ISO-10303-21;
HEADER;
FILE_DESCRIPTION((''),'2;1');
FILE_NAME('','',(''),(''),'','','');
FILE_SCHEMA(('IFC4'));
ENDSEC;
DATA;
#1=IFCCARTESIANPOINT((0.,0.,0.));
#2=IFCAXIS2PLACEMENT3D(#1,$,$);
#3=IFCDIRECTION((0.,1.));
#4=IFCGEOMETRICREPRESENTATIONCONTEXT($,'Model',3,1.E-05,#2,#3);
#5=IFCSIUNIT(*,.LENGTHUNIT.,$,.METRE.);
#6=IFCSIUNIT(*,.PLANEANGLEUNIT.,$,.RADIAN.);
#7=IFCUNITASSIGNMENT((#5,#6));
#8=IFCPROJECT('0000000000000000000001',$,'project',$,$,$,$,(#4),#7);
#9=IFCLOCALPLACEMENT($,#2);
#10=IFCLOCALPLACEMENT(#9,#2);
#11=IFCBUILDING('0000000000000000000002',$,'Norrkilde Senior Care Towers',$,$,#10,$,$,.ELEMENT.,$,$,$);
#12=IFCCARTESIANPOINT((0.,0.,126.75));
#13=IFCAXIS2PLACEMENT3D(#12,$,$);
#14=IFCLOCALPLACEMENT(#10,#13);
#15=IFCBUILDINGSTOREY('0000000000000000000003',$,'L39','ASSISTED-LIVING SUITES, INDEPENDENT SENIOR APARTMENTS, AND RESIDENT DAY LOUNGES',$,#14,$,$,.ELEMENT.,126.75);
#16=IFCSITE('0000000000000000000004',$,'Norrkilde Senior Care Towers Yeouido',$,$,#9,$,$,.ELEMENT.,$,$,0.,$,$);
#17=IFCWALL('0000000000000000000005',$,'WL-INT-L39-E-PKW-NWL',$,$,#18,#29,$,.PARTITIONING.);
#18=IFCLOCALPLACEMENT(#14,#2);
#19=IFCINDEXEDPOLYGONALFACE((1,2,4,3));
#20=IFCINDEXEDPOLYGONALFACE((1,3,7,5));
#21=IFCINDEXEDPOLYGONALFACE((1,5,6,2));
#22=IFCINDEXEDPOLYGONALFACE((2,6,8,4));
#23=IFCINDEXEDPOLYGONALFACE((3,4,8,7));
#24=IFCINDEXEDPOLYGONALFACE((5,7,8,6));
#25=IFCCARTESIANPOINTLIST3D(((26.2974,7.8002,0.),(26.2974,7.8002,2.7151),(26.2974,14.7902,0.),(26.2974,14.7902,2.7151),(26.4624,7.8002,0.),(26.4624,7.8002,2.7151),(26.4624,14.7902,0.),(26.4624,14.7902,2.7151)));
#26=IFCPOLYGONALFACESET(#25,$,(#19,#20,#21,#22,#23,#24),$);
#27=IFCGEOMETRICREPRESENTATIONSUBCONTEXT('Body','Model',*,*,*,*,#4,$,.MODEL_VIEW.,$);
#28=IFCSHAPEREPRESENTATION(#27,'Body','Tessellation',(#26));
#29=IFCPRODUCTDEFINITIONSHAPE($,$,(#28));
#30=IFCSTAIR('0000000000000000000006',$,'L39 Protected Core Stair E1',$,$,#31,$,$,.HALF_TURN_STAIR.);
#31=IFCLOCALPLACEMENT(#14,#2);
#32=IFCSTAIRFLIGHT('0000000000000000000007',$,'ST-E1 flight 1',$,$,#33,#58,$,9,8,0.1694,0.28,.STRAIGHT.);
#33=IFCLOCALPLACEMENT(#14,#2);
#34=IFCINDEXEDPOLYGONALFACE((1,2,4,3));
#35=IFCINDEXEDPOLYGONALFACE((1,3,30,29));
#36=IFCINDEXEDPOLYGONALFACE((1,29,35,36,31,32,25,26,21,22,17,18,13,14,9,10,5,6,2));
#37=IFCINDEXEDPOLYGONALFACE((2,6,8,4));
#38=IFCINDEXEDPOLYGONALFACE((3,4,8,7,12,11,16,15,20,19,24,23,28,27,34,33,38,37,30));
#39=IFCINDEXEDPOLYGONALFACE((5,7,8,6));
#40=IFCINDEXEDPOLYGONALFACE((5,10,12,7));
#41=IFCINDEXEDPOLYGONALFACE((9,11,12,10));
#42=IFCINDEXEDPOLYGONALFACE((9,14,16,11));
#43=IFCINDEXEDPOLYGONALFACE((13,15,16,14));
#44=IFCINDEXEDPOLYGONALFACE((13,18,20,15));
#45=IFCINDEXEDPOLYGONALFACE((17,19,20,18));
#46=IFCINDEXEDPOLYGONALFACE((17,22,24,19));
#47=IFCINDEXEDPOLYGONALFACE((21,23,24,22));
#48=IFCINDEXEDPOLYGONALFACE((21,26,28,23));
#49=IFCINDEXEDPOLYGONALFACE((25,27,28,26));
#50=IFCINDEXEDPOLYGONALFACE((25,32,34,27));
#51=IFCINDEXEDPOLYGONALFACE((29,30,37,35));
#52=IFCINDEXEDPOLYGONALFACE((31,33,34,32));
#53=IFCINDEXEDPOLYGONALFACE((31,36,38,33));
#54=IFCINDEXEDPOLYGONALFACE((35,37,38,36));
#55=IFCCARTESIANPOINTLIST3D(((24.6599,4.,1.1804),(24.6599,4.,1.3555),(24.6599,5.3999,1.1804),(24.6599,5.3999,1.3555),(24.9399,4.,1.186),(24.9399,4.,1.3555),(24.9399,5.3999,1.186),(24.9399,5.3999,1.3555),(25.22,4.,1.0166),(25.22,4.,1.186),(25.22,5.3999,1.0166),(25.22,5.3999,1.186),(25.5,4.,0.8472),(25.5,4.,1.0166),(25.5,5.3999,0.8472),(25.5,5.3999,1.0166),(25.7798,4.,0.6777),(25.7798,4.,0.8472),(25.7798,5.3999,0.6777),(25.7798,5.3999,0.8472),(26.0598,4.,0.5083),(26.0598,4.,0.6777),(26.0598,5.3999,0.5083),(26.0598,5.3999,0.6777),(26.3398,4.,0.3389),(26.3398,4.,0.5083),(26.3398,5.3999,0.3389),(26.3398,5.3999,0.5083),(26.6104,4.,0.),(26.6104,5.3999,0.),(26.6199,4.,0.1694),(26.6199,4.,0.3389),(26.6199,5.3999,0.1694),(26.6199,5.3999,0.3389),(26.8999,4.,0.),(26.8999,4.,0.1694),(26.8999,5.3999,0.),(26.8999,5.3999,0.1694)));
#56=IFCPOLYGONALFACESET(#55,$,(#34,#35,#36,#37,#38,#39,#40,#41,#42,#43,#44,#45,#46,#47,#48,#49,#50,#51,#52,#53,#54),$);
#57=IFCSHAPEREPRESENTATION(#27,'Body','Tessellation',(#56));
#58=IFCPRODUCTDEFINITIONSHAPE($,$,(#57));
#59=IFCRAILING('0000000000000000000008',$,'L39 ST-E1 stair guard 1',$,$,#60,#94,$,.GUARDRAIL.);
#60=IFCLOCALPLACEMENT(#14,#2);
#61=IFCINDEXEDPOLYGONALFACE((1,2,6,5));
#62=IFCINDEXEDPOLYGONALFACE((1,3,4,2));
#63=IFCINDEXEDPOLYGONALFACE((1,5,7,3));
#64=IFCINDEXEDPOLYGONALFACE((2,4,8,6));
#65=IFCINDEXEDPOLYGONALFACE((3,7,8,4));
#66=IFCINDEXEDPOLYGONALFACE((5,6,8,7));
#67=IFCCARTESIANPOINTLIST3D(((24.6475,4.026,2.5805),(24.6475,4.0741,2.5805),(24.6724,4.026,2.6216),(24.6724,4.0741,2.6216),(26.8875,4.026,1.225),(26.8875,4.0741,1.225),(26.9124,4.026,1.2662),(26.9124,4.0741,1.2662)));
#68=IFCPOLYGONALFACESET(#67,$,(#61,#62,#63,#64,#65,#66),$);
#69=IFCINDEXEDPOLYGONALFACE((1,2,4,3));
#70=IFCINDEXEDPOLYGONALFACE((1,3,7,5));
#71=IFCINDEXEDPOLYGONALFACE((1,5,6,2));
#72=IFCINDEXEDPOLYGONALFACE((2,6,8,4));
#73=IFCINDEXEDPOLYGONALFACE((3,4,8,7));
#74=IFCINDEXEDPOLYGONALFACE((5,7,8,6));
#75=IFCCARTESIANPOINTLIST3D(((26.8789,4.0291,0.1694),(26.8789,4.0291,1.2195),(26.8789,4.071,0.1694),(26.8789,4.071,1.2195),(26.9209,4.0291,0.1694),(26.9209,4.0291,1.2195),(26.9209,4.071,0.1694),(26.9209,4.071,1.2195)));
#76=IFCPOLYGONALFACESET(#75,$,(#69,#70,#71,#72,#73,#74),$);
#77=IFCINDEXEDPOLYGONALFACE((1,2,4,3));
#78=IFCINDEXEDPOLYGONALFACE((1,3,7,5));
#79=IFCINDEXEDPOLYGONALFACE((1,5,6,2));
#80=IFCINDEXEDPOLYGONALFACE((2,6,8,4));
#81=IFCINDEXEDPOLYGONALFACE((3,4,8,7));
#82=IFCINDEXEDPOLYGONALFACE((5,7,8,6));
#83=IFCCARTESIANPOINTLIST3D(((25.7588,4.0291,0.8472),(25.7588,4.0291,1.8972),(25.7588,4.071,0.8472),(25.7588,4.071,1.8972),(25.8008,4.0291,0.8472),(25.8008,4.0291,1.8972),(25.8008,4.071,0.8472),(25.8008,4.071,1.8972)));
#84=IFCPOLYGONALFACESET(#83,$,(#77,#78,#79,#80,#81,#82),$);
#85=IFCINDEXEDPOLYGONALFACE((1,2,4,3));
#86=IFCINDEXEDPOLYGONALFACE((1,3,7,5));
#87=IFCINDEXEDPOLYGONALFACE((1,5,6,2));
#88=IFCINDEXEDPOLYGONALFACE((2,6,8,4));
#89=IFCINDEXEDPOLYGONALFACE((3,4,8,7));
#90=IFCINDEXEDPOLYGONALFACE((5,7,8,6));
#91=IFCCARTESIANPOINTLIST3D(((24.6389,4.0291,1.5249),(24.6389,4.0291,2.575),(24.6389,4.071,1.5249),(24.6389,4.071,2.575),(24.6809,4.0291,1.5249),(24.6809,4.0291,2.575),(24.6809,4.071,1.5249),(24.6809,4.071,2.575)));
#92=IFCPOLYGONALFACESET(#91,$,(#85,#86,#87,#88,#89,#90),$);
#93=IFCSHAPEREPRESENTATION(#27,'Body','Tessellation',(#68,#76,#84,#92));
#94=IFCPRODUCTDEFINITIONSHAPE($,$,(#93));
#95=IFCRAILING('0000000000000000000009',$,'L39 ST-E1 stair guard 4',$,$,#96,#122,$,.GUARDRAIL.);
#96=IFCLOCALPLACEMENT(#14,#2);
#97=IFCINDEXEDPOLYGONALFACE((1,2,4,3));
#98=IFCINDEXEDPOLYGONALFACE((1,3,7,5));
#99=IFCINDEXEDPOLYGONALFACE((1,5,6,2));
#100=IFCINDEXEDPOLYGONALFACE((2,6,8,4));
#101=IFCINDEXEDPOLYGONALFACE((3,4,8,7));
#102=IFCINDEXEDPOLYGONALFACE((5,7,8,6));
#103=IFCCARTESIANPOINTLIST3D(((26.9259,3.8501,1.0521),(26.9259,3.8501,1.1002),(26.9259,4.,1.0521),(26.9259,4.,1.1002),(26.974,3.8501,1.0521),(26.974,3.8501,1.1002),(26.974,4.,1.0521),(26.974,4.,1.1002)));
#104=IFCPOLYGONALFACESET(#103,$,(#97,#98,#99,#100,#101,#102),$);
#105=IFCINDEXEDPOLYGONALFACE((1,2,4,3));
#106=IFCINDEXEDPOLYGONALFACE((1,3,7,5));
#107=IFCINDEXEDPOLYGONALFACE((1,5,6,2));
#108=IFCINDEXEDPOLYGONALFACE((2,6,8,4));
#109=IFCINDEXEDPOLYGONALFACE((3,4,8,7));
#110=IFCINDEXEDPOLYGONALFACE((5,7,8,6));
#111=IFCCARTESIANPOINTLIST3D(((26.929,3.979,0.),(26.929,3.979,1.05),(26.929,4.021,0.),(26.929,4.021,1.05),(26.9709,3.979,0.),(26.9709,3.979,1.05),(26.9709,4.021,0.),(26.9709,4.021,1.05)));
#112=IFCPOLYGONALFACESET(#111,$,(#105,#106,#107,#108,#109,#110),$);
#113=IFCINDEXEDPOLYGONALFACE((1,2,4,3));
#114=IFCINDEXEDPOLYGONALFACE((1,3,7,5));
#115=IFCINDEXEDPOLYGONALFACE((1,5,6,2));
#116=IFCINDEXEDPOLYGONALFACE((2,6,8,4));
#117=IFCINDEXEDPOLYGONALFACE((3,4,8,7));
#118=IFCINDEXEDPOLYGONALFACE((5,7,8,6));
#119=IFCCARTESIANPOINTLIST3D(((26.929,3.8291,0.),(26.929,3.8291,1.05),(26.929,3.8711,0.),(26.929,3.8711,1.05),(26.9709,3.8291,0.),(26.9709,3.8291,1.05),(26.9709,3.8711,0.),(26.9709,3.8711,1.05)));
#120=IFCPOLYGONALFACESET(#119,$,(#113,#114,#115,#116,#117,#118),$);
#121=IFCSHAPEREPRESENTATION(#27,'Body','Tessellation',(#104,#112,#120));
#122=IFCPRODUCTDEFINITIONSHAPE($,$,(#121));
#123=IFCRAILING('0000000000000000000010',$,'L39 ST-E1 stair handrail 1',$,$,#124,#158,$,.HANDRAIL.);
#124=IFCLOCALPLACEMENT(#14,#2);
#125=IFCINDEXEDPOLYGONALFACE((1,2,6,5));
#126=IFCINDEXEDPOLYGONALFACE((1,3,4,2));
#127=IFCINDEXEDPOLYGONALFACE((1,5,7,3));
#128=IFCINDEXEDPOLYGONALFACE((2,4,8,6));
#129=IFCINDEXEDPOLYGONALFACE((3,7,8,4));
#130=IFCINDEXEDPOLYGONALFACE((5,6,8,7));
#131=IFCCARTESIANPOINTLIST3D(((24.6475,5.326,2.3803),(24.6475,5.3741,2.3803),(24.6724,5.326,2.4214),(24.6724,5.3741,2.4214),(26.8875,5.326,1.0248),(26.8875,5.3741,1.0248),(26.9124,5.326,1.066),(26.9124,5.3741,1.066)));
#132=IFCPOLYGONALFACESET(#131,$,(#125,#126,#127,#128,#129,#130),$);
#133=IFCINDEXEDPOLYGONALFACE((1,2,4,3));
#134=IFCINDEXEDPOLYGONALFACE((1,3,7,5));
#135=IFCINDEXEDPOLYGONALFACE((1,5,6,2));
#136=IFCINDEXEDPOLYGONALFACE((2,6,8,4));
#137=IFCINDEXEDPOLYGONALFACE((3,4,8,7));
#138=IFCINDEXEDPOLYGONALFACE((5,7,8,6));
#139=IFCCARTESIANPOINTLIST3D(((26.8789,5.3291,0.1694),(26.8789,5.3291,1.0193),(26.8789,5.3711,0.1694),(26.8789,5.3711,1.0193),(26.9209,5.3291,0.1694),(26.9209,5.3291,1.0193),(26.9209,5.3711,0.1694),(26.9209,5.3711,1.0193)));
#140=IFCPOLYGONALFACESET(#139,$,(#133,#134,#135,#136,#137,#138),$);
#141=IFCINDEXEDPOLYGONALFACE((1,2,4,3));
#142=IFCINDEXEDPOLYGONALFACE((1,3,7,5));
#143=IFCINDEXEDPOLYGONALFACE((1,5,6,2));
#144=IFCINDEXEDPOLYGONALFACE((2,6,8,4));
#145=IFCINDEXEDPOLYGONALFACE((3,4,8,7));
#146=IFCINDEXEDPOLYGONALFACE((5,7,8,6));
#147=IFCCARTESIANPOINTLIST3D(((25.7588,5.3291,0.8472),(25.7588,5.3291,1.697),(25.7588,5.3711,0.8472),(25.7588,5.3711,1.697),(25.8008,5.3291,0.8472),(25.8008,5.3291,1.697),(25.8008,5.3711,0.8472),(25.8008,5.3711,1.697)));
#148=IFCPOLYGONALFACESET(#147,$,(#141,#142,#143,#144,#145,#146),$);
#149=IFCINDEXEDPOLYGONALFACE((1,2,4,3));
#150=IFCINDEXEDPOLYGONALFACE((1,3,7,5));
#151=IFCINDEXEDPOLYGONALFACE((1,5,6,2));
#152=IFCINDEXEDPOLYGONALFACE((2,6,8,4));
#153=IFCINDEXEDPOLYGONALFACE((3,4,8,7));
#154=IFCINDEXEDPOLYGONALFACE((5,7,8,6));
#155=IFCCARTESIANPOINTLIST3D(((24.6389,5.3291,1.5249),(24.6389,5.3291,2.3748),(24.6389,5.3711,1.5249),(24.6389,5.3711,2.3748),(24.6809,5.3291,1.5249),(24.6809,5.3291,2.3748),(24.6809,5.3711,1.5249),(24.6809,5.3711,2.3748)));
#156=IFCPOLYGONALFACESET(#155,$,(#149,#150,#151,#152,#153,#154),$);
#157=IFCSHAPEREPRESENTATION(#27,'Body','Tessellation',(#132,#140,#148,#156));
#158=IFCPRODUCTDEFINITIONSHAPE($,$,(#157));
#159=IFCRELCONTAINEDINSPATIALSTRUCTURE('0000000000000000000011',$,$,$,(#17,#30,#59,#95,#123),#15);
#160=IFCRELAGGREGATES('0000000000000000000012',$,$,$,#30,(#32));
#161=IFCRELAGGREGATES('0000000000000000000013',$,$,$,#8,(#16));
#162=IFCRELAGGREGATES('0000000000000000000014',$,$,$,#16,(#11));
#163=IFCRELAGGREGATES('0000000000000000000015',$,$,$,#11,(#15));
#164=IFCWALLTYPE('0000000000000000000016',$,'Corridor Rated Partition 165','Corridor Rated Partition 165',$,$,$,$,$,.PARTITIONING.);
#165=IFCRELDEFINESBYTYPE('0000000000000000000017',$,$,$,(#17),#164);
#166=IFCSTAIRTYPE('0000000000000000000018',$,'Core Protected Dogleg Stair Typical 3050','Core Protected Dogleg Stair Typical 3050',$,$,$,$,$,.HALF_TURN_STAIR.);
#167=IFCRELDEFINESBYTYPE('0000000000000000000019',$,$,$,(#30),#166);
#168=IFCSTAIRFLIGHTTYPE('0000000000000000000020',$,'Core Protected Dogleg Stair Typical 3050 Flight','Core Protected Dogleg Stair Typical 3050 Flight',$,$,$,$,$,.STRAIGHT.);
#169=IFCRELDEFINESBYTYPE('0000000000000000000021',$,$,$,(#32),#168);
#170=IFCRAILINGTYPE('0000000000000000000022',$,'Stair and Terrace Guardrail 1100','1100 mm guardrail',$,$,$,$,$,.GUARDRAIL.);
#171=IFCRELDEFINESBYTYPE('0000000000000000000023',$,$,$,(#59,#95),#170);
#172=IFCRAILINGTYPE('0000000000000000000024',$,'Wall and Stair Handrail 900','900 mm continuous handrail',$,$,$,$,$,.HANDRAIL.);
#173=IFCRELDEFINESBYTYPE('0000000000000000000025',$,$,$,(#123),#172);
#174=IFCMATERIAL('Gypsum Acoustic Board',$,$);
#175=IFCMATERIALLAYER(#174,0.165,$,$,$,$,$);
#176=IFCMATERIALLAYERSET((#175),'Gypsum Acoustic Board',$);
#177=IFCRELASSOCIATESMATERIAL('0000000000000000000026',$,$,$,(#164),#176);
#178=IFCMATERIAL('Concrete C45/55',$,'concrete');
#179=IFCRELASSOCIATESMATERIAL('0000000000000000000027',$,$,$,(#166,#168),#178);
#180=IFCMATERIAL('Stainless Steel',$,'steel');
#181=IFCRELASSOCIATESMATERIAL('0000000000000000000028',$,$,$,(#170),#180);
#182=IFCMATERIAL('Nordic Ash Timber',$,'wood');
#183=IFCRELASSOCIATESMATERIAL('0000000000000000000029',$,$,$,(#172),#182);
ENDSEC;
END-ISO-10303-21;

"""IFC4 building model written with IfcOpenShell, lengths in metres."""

from ifc_helpers import new_model, si_unit, direction, frame, frame_2d, origin, origin_2d, place, context, subcontext, project, spatial, polyline, rectangle, outline, extrude, source, transform, mapped, material, layer, layer_set, type_object, element, aggregate, save


model = new_model("IFC4")

# Units and contexts
model_context = context("Model", 3, precision=1e-05, world=origin(), true_north=direction((0.0, 1.0)))
body_context = subcontext(model_context, "Body", "Model", "MODEL_VIEW")
ifc_project = project(units=[si_unit("LENGTHUNIT", "METRE"), si_unit("PLANEANGLEUNIT", "RADIAN")], contexts=[model_context])

# Site, building, storey
site_placement = place(None, origin())
site = spatial("IfcSite", under=ifc_project, at=site_placement, Name="Norrkilde Senior Care Towers Yeouido", CompositionType="ELEMENT", RefElevation=0.0)
building_placement = place(site_placement, origin())
building = spatial("IfcBuilding", under=site, at=building_placement, Name="Norrkilde Senior Care Towers", CompositionType="ELEMENT")
storey_placement = place(building_placement, frame((0.0, 0.0, 126.75)))
storey = spatial("IfcBuildingStorey", under=building, at=storey_placement, Name="L39", Description="ASSISTED-LIVING SUITES, INDEPENDENT SENIOR APARTMENTS, AND RESIDENT DAY LOUNGES", CompositionType="ELEMENT", Elevation=126.75)

# Shared definitions
ifc_material_1 = material(Name="Concrete C45/55", Category="concrete")
ifc_material_2 = material(Name="Stainless Steel", Category="steel")

# Shared definitions
ifc_material_3 = material(Name="Gypsum Acoustic Board")

# Shared definitions
ifc_layer_1 = layer(ifc_material_3, 0.165)
ifc_layer_set_1 = layer_set([ifc_layer_1], Name="Gypsum Acoustic Board")
wall_type_1 = type_object("IfcWallType", Name="Corridor Rated Partition 165", Description="Corridor Rated Partition 165", PredefinedType="PARTITIONING", material=ifc_layer_set_1)
ifc_material_4 = material(Name="Nordic Ash Timber", Category="wood")

# Wall
shared_shape_1 = source(origin(), body_context, "Body", "SweptSolid", [
    extrude(rectangle(XDim=6.99, YDim=0.165, at=frame_2d((3.4951, 0.0))), origin(), (0.0, 0.0, 1.0), 2.7151),
])
wall_1_placement = place(storey_placement, frame((26.3799, 7.8, 0.0), z_axis=(0.0, 0.0, 1.0), x_axis=(0.0, 1.0, 0.0)))
element("IfcWall", 1, at=wall_1_placement, inside=storey, type_object=wall_type_1, Name="WL-INT-L39-E-PKW-NWL", PredefinedType="PARTITIONING", context=body_context, shape_type="MappedRepresentation", body=[
    mapped(shared_shape_1, transform((0.0, 0.0, 0.0), x_axis=(1.0, 0.0, 0.0), y_axis=(0.0, 1.0, 0.0), z_axis=(0.0, 0.0, 1.0), scale=1.0)),
])

# Stair, stair flight
stair_type = type_object("IfcStairType", Name="Core Protected Dogleg Stair Typical 3050", Description="Core Protected Dogleg Stair Typical 3050", PredefinedType="HALF_TURN_STAIR", material=ifc_material_1)
stair_placement = place(storey_placement, origin())
stair = element("IfcStair", 2, at=stair_placement, inside=storey, type_object=stair_type, Name="L39 Protected Core Stair E1", PredefinedType="HALF_TURN_STAIR")
stair_flight_type = type_object("IfcStairFlightType", Name="Core Protected Dogleg Stair Typical 3050 Flight", Description="Core Protected Dogleg Stair Typical 3050 Flight", PredefinedType="STRAIGHT", material=ifc_material_1)
stair_flight_placement = place(storey_placement, frame((26.8999, 4.7, 0.0), z_axis=(0.0, 0.0, 1.0), x_axis=(-1.0, 0.0, 0.0)))
stair_flight = element("IfcStairFlight", 3, at=stair_flight_placement, type_object=stair_flight_type, Name="ST-E1 flight 1", NumberOfRisers=9, NumberOfTreads=8, PredefinedType="STRAIGHT", RiserHeight=0.1694, TreadLength=0.28, context=body_context, shape_type="SweptSolid", body=[
    extrude(outline(polyline([(0.0, 0.0), (0.0, 0.1694), (0.28, 0.1694), (0.28, 0.3389), (0.5601, 0.3389), (0.5601, 0.5083), (0.8401, 0.5083), (0.8401, 0.6777), (1.1201, 0.6777), (1.1201, 0.8472), (1.3999, 0.8472), (1.3999, 1.0166), (1.6799, 1.0166), (1.6799, 1.186), (1.96, 1.186), (1.96, 1.3555), (2.24, 1.3555), (2.24, 1.5249), (2.24, 1.1804), (0.2896, 0.0), (0.0, 0.0)])), frame((0.0, 0.7, 0.0), z_axis=(0.0, -1.0, 0.0), x_axis=(1.0, 0.0, 0.0)), (0.0, 0.0, 1.0), 1.3999),
])
aggregate(stair, [stair_flight])

# Railings
railing_type_1 = type_object("IfcRailingType", Name="Stair and Terrace Guardrail 1100", Description="1100 mm guardrail", PredefinedType="GUARDRAIL", material=ifc_material_2)
railing_1_placement = place(storey_placement, frame((26.8999, 4.05, 0.1694)))
element("IfcRailing", 4, at=railing_1_placement, inside=storey, type_object=railing_type_1, Name="L39 ST-E1 stair guard 1", PredefinedType="GUARDRAIL", context=body_context, shape_type="SweptSolid", body=[
    extrude(rectangle(XDim=0.0481, YDim=0.0481, at=origin_2d()), frame((0.0, 0.0, 1.0762), z_axis=(-0.855553, 0.0, 0.517715), x_axis=(0.0, -1.0, 0.0)), (0.0, 0.0, 1.0), 2.6182),
    extrude(rectangle(XDim=0.042, YDim=0.042, at=origin_2d()), origin(), (0.0, 0.0, 1.0), 1.05),
    extrude(rectangle(XDim=0.042, YDim=0.042, at=origin_2d()), frame((-1.1201, 0.0, 0.6777)), (0.0, 0.0, 1.0), 1.05),
    extrude(rectangle(XDim=0.042, YDim=0.042, at=origin_2d()), frame((-2.24, 0.0, 1.3555)), (0.0, 0.0, 1.0), 1.05),
])
railing_2_placement = place(storey_placement, frame((26.95, 4.0, 0.0)))
element("IfcRailing", 5, at=railing_2_placement, inside=storey, type_object=railing_type_1, Name="L39 ST-E1 stair guard 4", PredefinedType="GUARDRAIL", context=body_context, shape_type="SweptSolid", body=[
    extrude(rectangle(XDim=0.0481, YDim=0.0481, at=origin_2d()), frame((0.0, 0.0, 1.0762), z_axis=(0.0, -1.0, 0.0), x_axis=(1.0, 0.0, 0.0)), (0.0, 0.0, 1.0), 0.1499),
    extrude(rectangle(XDim=0.042, YDim=0.042, at=origin_2d()), origin(), (0.0, 0.0, 1.0), 1.05),
    extrude(rectangle(XDim=0.042, YDim=0.042, at=origin_2d()), frame((0.0, -0.1499, 0.0)), (0.0, 0.0, 1.0), 1.05),
])
railing_type_2 = type_object("IfcRailingType", Name="Wall and Stair Handrail 900", Description="900 mm continuous handrail", PredefinedType="HANDRAIL", material=ifc_material_4)
railing_3_placement = place(storey_placement, frame((26.8999, 5.3501, 0.1694)))
element("IfcRailing", 6, at=railing_3_placement, inside=storey, type_object=railing_type_2, Name="L39 ST-E1 stair handrail 1", PredefinedType="HANDRAIL", context=body_context, shape_type="SweptSolid", body=[
    extrude(rectangle(XDim=0.0481, YDim=0.0481, at=origin_2d()), frame((0.0, 0.0, 0.876), z_axis=(-0.855553, 0.0, 0.517715), x_axis=(0.0, -1.0, 0.0)), (0.0, 0.0, 1.0), 2.6182),
    extrude(rectangle(XDim=0.042, YDim=0.042, at=origin_2d()), origin(), (0.0, 0.0, 1.0), 0.8499),
    extrude(rectangle(XDim=0.042, YDim=0.042, at=origin_2d()), frame((-1.1201, 0.0, 0.6777)), (0.0, 0.0, 1.0), 0.8499),
    extrude(rectangle(XDim=0.042, YDim=0.042, at=origin_2d()), frame((-2.24, 0.0, 1.3555)), (0.0, 0.0, 1.0), 0.8499),
])

save(model, "model.ifc")
